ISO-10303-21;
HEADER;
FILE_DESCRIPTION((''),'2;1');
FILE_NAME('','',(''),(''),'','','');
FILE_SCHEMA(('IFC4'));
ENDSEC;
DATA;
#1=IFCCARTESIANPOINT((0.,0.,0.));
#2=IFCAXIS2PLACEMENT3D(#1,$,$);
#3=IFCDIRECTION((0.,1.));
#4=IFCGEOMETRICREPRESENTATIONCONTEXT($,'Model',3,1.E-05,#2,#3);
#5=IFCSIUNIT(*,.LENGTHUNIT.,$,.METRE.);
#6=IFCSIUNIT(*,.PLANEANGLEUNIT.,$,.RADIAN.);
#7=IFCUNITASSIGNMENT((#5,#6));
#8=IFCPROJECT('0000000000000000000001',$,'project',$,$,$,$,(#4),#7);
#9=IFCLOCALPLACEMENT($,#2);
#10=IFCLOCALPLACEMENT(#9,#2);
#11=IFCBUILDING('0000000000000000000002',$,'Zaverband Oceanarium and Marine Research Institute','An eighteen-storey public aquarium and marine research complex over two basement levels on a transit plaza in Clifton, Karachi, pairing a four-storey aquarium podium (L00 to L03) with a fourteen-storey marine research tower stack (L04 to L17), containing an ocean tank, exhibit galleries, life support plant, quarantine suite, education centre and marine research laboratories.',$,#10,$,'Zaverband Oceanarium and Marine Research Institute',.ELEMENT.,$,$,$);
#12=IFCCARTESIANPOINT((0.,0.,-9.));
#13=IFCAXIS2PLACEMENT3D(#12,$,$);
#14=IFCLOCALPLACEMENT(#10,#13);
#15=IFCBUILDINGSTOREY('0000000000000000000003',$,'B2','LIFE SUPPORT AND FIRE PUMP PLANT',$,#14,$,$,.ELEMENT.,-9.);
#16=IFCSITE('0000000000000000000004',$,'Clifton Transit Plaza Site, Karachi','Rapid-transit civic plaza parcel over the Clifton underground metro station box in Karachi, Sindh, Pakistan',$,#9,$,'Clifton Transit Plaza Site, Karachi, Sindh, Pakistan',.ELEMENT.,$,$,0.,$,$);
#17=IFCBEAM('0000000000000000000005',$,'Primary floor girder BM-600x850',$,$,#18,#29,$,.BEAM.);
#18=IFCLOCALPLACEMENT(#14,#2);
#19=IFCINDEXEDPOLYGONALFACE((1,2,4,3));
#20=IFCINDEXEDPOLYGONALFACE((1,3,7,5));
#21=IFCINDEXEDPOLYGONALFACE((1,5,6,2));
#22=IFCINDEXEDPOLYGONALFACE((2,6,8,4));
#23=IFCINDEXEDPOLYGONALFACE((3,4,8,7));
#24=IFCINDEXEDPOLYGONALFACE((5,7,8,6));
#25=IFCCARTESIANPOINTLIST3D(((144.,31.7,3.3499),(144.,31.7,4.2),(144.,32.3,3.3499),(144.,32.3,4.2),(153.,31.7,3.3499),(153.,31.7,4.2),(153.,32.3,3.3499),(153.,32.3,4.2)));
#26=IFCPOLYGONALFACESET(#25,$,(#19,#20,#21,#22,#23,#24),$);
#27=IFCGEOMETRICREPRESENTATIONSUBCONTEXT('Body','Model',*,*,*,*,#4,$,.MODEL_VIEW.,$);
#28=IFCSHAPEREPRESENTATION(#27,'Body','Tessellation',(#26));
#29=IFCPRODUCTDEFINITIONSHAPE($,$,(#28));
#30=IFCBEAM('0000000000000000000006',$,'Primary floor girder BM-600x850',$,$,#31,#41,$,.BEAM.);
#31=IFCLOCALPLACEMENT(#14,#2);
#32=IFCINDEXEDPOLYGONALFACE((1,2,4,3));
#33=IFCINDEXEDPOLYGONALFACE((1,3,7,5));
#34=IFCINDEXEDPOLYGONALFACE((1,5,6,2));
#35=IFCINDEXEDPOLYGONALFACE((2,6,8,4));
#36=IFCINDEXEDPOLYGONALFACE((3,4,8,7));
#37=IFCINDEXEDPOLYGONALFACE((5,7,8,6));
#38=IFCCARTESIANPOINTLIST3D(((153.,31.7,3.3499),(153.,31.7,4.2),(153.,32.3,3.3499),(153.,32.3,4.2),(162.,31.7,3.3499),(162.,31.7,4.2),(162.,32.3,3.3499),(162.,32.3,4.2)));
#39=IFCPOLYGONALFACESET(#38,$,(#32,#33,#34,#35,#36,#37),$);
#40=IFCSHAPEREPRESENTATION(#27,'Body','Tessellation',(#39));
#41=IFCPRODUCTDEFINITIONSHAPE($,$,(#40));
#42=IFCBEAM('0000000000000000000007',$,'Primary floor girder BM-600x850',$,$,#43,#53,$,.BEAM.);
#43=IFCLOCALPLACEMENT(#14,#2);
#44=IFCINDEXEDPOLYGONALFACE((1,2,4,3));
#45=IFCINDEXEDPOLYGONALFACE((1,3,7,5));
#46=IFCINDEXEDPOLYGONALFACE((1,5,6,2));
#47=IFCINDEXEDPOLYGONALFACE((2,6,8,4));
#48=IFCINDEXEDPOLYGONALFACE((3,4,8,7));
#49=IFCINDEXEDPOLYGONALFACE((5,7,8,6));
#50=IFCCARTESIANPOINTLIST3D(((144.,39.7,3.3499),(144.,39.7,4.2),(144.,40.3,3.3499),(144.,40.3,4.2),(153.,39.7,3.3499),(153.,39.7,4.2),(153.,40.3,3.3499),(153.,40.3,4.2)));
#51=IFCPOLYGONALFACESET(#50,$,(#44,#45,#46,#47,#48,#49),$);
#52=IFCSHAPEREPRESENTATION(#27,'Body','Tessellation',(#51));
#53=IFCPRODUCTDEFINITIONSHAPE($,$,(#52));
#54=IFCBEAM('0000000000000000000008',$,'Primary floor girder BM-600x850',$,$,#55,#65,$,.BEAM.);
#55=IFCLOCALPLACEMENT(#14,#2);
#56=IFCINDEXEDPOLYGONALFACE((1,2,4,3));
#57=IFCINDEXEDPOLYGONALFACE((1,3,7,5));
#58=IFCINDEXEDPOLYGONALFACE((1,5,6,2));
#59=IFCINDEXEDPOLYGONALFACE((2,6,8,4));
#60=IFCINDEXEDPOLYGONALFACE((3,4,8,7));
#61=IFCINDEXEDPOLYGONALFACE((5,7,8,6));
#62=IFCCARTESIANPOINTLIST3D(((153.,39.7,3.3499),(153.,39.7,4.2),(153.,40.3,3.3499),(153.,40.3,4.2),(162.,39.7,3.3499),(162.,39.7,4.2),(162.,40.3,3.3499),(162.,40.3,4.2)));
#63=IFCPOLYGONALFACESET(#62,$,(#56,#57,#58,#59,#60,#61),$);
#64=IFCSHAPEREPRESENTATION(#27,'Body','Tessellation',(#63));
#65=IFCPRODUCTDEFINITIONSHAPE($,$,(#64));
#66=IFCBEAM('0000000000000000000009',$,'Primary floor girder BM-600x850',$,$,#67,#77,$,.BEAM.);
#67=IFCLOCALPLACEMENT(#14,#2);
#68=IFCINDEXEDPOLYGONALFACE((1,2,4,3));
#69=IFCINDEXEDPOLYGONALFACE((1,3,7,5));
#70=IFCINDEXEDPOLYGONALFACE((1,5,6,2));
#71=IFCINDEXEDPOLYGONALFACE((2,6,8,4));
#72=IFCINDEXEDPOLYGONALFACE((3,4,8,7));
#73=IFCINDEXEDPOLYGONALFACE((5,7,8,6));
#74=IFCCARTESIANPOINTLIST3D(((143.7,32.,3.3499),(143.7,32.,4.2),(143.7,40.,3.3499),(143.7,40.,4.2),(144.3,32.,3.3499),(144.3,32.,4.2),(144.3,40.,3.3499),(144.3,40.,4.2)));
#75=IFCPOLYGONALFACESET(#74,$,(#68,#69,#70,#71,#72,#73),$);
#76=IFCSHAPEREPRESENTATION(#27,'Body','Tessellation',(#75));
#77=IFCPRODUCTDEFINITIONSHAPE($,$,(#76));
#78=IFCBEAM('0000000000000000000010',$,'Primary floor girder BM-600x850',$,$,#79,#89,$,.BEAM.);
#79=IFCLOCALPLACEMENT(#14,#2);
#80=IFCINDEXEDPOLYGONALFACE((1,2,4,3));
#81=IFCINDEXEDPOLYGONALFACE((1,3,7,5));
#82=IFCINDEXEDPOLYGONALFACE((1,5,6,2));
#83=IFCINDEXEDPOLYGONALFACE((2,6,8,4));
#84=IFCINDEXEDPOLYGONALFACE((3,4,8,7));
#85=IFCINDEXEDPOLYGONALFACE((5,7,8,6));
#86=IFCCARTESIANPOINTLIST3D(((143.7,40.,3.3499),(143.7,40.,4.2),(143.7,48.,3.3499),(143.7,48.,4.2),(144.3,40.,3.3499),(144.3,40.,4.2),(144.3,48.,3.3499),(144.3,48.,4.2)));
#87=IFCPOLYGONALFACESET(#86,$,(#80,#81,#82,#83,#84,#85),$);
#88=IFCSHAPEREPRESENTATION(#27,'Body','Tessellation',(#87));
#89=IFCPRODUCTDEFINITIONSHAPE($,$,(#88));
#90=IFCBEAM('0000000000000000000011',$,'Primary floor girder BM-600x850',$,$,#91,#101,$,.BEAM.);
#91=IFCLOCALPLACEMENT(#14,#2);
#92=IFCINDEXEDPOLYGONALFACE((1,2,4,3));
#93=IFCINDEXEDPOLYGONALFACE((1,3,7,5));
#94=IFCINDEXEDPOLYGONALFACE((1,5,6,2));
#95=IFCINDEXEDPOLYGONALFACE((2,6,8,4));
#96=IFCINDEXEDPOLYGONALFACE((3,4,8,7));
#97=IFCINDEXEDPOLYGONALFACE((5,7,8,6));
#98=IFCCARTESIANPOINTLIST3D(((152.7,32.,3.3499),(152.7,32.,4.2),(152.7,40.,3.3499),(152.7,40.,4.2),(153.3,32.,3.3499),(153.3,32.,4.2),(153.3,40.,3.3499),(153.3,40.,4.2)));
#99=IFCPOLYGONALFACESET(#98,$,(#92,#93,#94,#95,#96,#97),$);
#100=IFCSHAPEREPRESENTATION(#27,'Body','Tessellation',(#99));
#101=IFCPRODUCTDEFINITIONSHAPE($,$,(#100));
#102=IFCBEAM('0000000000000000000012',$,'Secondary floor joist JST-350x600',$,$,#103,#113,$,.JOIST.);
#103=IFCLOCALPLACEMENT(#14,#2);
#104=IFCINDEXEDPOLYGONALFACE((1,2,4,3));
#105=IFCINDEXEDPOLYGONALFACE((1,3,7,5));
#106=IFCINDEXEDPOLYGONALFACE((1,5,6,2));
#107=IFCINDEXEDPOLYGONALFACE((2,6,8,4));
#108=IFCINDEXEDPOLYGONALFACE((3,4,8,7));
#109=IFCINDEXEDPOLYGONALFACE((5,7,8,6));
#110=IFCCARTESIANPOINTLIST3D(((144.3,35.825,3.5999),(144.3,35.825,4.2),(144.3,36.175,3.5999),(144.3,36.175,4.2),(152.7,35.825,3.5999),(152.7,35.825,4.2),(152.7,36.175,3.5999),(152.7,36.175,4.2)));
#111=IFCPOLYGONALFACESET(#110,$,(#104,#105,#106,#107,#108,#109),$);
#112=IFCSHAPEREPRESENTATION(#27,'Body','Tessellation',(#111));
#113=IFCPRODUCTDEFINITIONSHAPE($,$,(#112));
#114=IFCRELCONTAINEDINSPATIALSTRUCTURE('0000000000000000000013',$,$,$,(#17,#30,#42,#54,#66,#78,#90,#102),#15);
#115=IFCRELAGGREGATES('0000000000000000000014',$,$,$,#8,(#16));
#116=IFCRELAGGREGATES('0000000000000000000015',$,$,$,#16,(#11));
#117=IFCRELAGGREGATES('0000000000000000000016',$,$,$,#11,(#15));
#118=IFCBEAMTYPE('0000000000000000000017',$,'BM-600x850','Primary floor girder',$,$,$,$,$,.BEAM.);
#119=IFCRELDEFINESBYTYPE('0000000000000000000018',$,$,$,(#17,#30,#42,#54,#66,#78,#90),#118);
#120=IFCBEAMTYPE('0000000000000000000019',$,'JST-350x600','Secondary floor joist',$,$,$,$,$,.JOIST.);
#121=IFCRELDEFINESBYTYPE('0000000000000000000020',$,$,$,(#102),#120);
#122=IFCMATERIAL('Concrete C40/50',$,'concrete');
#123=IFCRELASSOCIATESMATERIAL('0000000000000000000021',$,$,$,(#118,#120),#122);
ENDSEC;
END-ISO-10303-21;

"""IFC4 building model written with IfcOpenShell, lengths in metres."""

from ifc_helpers import new_model, si_unit, direction, frame, origin, origin_2d, place, context, subcontext, project, spatial, rectangle, extrude, material, material_profile, profile_set, type_object, element, save


model = new_model("IFC4")

# Units and contexts
model_context = context("Model", 3, precision=1e-05, world=origin(), true_north=direction((0.0, 1.0)))
body_context = subcontext(model_context, "Body", "Model", "MODEL_VIEW")
ifc_project = project(units=[si_unit("LENGTHUNIT", "METRE"), si_unit("PLANEANGLEUNIT", "RADIAN")], contexts=[model_context])

# Site, building, storey
site_placement = place(None, origin())
site = spatial("IfcSite", under=ifc_project, at=site_placement, Name="Clifton Transit Plaza Site, Karachi", Description="Rapid-transit civic plaza parcel over the Clifton underground metro station box in Karachi, Sindh, Pakistan", LongName="Clifton Transit Plaza Site, Karachi, Sindh, Pakistan", CompositionType="ELEMENT", RefElevation=0.0)
building_placement = place(site_placement, origin())
building = spatial("IfcBuilding", under=site, at=building_placement, Name="Zaverband Oceanarium and Marine Research Institute", Description="An eighteen-storey public aquarium and marine research complex over two basement levels on a transit plaza in Clifton, Karachi, pairing a four-storey aquarium podium (L00 to L03) with a fourteen-storey marine research tower stack (L04 to L17), containing an ocean tank, exhibit galleries, life support plant, quarantine suite, education centre and marine research laboratories.", LongName="Zaverband Oceanarium and Marine Research Institute", CompositionType="ELEMENT")
storey_placement = place(building_placement, frame((0.0, 0.0, -9.0)))
storey = spatial("IfcBuildingStorey", under=building, at=storey_placement, Name="B2", Description="LIFE SUPPORT AND FIRE PUMP PLANT", CompositionType="ELEMENT", Elevation=-9.0)

# Beams
ifc_material_1 = material(Name="Concrete C40/50", Category="concrete")
ifc_material_profile_1 = material_profile(ifc_material_1, rectangle(XDim=0.6001, YDim=0.8501, at=origin_2d()), Name="RC600x850")
ifc_profile_set_1 = profile_set([ifc_material_profile_1], Name="Concrete C40/50")
beam_type_1 = type_object("IfcBeamType", Name="BM-600x850", Description="Primary floor girder", PredefinedType="BEAM", material=ifc_profile_set_1)
for number, where, z_axis, x_axis, name in (
    (1, (144.0, 32.0, 3.7749), (1.0, 0.0, 0.0), (0.0, 1.0, 0.0), "Primary floor girder BM-600x850"),
    (2, (153.0, 32.0, 3.7749), (1.0, 0.0, 0.0), (0.0, 1.0, 0.0), "Primary floor girder BM-600x850"),
    (3, (144.0, 40.0, 3.7749), (1.0, 0.0, 0.0), (0.0, 1.0, 0.0), "Primary floor girder BM-600x850"),
    (4, (153.0, 40.0, 3.7749), (1.0, 0.0, 0.0), (0.0, 1.0, 0.0), "Primary floor girder BM-600x850"),
):
    element("IfcBeam", number, at=place(storey_placement, frame(where, z_axis=z_axis, x_axis=x_axis)), inside=storey, type_object=beam_type_1, Name=name, PredefinedType="BEAM", context=body_context, shape_type="SweptSolid", body=[
        extrude(rectangle(XDim=0.6001, YDim=0.8501, at=origin_2d()), origin(), (0.0, 0.0, 1.0), 9.0),
    ])
for number, where, z_axis, x_axis, name in (
    (5, (144.0, 32.0, 3.7749), (0.0, 1.0, 0.0), (-1.0, 0.0, 0.0), "Primary floor girder BM-600x850"),
    (6, (144.0, 40.0, 3.7749), (0.0, 1.0, 0.0), (-1.0, 0.0, 0.0), "Primary floor girder BM-600x850"),
    (7, (153.0, 32.0, 3.7749), (0.0, 1.0, 0.0), (-1.0, 0.0, 0.0), "Primary floor girder BM-600x850"),
):
    element("IfcBeam", number, at=place(storey_placement, frame(where, z_axis=z_axis, x_axis=x_axis)), inside=storey, type_object=beam_type_1, Name=name, PredefinedType="BEAM", context=body_context, shape_type="SweptSolid", body=[
        extrude(rectangle(XDim=0.6001, YDim=0.8501, at=origin_2d()), origin(), (0.0, 0.0, 1.0), 8.0),
    ])
ifc_material_profile_2 = material_profile(ifc_material_1, rectangle(XDim=0.3501, YDim=0.6001, at=origin_2d()), Name="RC350x600")
ifc_profile_set_2 = profile_set([ifc_material_profile_2], Name="Concrete C40/50")
beam_type_2 = type_object("IfcBeamType", Name="JST-350x600", Description="Secondary floor joist", PredefinedType="JOIST", material=ifc_profile_set_2)
beam_placement = place(storey_placement, frame((144.3, 36.0, 3.8999), z_axis=(1.0, 0.0, 0.0), x_axis=(0.0, 1.0, 0.0)))
element("IfcBeam", 8, at=beam_placement, inside=storey, type_object=beam_type_2, Name="Secondary floor joist JST-350x600", PredefinedType="JOIST", context=body_context, shape_type="SweptSolid", body=[
    extrude(rectangle(XDim=0.3501, YDim=0.6001, at=origin_2d()), origin(), (0.0, 0.0, 1.0), 8.3999),
])

save(model, "model.ifc")
